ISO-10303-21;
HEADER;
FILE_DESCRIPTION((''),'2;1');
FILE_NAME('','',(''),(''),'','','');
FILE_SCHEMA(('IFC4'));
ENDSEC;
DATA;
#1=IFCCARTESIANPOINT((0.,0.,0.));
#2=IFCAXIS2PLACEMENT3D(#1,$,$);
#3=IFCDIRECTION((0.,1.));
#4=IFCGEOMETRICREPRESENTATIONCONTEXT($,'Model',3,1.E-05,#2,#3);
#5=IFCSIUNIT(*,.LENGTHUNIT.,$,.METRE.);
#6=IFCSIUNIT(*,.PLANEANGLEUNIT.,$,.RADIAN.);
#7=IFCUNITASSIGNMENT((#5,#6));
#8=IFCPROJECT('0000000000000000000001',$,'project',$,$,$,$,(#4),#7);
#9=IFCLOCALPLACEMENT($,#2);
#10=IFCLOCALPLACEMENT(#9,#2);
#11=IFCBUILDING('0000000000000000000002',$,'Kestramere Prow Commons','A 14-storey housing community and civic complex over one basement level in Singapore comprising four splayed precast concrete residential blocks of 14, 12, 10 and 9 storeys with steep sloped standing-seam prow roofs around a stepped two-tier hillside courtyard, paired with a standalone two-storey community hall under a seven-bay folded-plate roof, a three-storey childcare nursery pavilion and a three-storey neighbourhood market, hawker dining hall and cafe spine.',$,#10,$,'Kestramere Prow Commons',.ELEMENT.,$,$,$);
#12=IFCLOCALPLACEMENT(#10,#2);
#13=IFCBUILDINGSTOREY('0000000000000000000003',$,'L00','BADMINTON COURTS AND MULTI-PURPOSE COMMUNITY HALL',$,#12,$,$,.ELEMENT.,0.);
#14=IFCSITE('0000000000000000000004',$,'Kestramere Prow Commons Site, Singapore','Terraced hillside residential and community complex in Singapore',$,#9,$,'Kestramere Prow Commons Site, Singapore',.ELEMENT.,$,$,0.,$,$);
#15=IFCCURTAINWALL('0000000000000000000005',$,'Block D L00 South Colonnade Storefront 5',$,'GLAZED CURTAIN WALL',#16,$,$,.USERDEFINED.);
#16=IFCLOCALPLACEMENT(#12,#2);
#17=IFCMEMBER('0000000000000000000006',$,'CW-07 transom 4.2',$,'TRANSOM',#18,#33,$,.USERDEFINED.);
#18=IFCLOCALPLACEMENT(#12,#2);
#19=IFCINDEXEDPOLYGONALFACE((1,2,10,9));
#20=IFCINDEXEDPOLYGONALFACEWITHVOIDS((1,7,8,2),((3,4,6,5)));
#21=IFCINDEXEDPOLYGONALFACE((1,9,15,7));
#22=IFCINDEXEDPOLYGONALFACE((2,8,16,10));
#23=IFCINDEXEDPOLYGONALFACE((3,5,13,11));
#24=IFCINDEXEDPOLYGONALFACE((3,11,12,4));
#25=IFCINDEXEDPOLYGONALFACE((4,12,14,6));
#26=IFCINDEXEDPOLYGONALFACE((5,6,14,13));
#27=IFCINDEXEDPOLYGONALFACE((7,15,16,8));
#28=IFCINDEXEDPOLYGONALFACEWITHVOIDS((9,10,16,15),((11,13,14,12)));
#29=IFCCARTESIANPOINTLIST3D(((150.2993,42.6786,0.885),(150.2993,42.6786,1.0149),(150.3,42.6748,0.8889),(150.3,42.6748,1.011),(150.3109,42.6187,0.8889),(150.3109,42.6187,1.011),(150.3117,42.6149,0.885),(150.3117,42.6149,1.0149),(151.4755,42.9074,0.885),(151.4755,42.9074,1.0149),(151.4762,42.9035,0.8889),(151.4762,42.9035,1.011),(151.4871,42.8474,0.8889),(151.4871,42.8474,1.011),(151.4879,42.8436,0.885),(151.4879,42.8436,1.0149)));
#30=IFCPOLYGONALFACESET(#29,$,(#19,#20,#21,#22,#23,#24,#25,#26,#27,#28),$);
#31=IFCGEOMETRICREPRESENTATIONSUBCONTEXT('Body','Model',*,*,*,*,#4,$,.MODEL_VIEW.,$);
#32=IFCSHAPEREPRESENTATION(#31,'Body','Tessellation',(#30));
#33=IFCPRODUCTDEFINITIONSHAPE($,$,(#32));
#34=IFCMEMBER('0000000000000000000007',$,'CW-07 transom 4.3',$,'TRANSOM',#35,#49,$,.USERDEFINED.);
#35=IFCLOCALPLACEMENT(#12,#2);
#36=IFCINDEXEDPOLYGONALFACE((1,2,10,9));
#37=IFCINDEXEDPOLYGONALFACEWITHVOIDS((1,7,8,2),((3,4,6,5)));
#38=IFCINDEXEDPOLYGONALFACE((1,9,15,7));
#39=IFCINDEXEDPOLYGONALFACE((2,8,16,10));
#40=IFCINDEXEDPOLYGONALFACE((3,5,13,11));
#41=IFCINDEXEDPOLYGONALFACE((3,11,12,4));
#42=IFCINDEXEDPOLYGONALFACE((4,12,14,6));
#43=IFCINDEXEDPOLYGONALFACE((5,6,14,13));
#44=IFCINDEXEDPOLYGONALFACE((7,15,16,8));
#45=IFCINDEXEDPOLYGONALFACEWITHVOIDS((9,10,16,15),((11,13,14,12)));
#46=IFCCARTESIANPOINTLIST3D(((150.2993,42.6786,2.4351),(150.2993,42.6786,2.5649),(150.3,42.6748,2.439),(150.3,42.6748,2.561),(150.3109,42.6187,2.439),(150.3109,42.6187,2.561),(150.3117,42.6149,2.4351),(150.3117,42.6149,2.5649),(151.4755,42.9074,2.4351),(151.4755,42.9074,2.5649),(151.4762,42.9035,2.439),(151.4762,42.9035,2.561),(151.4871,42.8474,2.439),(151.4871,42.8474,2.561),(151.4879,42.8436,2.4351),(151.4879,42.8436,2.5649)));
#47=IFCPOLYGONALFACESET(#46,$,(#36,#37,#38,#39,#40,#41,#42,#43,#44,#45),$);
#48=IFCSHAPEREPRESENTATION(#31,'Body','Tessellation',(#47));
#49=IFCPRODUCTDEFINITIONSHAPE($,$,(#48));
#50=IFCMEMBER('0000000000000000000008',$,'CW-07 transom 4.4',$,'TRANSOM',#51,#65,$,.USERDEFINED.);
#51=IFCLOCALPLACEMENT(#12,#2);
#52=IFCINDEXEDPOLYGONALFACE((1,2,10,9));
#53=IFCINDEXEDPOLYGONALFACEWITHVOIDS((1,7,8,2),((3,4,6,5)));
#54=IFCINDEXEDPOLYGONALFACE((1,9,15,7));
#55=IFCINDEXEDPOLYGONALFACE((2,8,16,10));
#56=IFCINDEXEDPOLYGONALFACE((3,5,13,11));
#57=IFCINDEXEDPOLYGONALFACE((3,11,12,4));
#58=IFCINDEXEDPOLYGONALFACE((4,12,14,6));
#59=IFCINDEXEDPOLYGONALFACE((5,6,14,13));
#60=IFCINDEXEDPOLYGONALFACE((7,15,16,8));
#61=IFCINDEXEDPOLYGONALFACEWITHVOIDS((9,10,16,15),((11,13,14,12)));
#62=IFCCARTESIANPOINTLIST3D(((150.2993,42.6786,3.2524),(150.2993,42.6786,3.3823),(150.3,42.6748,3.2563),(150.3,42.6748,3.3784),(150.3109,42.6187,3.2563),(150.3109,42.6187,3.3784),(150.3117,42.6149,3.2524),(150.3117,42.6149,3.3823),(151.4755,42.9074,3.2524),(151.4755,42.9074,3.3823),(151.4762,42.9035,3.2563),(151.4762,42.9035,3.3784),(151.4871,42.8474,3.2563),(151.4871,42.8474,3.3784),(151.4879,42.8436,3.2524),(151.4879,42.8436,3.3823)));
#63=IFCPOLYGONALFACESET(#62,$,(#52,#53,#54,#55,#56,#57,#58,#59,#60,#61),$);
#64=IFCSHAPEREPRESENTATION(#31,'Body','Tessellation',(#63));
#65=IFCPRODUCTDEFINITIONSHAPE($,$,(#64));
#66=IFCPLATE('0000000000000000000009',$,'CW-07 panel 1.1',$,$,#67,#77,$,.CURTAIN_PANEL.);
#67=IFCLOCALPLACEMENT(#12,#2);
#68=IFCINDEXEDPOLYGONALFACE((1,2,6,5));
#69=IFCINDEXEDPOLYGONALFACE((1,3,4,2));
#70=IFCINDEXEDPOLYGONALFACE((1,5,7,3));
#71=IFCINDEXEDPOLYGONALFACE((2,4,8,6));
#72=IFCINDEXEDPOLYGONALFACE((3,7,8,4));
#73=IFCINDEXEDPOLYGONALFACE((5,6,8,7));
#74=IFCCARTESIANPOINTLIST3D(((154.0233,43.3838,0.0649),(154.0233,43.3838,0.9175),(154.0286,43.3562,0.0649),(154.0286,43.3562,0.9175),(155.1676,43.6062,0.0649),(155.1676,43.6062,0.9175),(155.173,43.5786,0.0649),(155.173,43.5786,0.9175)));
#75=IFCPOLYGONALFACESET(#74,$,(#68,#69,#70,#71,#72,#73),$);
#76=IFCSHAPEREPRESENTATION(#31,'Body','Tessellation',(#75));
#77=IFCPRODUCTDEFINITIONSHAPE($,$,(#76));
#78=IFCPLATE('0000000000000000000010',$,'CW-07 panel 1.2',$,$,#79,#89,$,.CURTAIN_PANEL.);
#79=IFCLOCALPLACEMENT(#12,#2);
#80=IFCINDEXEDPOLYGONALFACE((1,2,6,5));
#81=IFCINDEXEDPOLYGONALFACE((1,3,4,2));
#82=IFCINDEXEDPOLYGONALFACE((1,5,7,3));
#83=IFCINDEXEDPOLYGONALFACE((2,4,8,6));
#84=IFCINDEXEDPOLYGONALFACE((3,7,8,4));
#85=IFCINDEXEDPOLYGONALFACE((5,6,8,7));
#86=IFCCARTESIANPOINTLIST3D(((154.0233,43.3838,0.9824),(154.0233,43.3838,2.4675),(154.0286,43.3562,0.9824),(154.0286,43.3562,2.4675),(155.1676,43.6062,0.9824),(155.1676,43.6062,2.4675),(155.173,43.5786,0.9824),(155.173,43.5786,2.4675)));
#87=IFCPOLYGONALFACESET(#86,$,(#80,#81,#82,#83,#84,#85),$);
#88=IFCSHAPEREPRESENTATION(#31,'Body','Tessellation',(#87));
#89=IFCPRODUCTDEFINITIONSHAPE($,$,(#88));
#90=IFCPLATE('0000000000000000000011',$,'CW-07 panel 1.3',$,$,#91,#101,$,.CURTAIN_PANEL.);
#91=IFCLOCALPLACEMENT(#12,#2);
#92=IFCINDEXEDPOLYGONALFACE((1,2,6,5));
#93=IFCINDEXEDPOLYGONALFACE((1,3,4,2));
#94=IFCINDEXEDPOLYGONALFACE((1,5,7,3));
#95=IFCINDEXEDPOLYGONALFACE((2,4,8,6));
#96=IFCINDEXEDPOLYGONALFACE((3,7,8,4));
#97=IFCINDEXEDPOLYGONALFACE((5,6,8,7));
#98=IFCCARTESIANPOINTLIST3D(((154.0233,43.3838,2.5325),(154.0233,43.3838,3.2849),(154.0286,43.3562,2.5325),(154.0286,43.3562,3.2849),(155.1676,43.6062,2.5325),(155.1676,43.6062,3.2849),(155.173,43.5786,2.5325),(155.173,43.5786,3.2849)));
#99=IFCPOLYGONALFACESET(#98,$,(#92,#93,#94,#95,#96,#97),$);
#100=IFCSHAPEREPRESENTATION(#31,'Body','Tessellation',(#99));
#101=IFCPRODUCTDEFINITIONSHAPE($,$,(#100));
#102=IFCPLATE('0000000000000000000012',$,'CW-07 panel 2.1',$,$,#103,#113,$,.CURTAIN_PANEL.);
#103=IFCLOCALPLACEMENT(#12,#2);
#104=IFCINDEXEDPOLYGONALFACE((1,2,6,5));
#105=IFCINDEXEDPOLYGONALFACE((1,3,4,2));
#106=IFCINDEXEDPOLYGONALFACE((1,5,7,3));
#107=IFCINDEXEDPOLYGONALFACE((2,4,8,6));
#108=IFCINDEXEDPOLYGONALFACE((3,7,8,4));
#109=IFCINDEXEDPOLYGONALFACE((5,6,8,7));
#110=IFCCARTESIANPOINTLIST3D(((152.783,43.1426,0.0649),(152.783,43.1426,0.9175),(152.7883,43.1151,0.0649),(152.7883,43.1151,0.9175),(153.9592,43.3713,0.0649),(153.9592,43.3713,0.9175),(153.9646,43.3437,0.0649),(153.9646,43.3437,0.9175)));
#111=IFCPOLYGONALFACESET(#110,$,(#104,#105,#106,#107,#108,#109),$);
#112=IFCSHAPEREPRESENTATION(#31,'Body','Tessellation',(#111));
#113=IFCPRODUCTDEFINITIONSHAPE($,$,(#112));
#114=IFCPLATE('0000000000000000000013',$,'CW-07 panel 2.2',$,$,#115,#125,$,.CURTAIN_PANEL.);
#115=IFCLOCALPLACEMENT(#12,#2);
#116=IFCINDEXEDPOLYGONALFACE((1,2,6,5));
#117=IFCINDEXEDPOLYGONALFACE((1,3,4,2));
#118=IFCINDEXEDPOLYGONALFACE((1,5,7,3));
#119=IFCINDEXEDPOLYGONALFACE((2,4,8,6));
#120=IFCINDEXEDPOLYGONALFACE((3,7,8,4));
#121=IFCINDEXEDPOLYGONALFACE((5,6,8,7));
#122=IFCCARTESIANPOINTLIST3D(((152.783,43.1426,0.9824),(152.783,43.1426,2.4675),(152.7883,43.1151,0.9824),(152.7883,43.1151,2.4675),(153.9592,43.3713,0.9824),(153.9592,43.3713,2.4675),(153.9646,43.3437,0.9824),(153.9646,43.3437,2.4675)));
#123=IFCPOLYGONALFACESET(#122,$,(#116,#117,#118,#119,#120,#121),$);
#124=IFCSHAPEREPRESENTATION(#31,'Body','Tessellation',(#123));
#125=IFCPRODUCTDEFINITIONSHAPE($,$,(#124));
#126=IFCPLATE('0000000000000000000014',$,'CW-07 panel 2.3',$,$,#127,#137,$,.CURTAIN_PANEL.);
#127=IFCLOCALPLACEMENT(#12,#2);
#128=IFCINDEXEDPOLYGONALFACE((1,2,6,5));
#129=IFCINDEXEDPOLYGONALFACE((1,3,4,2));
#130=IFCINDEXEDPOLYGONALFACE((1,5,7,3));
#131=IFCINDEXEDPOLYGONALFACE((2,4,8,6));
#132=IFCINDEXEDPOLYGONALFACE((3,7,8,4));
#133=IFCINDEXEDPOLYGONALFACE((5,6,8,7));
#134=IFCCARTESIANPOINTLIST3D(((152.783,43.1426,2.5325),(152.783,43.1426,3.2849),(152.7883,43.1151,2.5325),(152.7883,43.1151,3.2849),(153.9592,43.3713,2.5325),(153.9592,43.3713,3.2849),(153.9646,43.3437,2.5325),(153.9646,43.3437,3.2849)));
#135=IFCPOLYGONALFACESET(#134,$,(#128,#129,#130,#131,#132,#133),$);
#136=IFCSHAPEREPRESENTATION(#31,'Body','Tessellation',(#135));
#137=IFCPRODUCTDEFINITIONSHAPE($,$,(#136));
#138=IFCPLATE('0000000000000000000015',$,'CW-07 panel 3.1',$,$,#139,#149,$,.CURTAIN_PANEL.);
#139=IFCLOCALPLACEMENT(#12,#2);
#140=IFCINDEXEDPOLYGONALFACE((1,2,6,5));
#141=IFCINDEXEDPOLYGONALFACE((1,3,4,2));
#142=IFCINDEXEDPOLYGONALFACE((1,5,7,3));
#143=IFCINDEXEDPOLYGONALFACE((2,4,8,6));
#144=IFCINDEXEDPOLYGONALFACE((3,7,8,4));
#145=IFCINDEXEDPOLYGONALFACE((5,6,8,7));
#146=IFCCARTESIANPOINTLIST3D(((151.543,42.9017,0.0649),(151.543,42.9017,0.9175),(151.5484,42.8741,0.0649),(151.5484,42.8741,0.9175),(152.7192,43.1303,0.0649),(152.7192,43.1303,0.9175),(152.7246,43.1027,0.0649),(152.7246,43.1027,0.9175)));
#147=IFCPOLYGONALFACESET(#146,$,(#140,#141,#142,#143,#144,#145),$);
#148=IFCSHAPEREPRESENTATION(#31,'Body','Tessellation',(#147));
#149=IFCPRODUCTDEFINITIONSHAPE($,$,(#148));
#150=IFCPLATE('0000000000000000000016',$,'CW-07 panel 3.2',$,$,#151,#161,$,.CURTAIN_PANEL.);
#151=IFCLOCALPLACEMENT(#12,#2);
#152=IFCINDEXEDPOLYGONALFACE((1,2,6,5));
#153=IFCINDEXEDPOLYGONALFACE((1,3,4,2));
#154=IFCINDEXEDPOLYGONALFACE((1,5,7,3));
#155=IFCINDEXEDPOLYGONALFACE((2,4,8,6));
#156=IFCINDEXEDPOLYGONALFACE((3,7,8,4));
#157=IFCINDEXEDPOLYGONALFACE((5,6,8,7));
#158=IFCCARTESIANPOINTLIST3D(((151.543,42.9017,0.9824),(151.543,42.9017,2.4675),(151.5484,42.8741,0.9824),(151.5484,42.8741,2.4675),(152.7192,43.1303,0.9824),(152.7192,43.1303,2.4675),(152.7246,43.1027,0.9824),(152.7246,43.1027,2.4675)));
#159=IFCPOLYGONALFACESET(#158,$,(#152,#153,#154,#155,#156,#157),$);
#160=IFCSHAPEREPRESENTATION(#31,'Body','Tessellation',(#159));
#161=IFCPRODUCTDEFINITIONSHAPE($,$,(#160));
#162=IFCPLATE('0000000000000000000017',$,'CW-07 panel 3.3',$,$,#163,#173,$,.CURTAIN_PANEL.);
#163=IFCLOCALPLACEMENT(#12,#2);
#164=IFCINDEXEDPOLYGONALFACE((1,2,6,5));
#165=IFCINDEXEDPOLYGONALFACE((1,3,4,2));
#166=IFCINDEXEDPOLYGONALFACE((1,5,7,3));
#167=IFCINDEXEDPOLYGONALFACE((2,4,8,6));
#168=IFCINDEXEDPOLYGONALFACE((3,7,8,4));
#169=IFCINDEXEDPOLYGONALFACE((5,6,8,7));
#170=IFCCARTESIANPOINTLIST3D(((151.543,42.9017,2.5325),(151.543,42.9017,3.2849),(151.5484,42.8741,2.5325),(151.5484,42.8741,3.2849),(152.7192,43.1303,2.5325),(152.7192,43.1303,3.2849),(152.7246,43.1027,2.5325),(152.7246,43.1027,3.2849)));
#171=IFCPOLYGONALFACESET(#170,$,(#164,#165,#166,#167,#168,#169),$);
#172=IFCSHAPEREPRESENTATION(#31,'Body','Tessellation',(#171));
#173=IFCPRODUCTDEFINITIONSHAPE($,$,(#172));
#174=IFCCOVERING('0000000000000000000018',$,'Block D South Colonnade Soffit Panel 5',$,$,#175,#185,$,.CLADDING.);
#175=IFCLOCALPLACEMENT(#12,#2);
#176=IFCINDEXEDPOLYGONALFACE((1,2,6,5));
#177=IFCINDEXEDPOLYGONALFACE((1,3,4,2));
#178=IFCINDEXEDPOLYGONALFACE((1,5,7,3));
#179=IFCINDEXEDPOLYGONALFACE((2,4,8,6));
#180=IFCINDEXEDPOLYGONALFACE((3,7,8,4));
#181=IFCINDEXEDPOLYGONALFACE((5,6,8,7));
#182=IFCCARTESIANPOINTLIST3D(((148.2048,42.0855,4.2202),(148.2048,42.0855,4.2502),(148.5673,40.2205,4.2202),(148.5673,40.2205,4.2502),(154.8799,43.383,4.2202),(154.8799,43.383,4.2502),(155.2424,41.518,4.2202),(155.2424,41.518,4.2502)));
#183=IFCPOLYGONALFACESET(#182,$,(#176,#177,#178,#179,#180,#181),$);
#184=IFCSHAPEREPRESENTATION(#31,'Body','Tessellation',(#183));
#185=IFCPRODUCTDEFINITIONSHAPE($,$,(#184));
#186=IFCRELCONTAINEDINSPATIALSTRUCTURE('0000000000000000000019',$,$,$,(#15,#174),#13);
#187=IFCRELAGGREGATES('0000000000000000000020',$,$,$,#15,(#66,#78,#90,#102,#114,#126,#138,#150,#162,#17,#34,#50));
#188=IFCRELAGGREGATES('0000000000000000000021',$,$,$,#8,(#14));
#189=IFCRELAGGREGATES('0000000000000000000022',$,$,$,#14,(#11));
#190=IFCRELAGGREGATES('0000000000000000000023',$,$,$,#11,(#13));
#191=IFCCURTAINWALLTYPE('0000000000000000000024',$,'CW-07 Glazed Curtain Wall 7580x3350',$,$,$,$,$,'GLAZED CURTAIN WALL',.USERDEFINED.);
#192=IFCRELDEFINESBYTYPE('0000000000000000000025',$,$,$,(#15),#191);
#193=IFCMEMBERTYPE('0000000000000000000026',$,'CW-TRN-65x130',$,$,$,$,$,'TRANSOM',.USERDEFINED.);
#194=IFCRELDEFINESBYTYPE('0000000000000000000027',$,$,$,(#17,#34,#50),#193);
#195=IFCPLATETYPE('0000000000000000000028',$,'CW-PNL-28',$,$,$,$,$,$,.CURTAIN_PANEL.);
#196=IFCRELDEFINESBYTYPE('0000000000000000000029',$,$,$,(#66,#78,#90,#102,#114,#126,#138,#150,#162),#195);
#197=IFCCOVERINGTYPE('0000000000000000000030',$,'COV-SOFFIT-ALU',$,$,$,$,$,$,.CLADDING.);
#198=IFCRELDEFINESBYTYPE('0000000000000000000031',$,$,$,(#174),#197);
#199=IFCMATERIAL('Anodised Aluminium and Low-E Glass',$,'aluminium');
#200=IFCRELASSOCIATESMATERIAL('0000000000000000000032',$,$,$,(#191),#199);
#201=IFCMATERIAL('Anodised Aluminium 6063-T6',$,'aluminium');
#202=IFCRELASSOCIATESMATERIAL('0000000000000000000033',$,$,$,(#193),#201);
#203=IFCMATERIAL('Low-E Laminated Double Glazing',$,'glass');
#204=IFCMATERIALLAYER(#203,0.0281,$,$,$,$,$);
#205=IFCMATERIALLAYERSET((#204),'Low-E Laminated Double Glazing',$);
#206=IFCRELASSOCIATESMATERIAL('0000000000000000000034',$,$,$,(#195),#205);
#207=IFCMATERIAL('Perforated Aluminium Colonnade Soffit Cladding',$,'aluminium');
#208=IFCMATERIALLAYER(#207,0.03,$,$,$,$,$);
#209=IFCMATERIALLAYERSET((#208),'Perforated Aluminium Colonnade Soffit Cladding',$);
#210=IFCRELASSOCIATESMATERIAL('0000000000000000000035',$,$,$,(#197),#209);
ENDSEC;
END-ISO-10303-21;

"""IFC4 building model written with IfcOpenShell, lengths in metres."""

from ifc_helpers import new_model, si_unit, direction, frame, origin, origin_2d, place, context, subcontext, project, spatial, rectangle, hollow_rectangle, extrude, material, layer, layer_set, material_profile, profile_set, type_object, element, aggregate, save


model = new_model("IFC4")

# Units and contexts
model_context = context("Model", 3, precision=1e-05, world=origin(), true_north=direction((0.0, 1.0)))
body_context = subcontext(model_context, "Body", "Model", "MODEL_VIEW")
ifc_project = project(units=[si_unit("LENGTHUNIT", "METRE"), si_unit("PLANEANGLEUNIT", "RADIAN")], contexts=[model_context])

# Site, building, storey
site_placement = place(None, origin())
site = spatial("IfcSite", under=ifc_project, at=site_placement, Name="Kestramere Prow Commons Site, Singapore", Description="Terraced hillside residential and community complex in Singapore", LongName="Kestramere Prow Commons Site, Singapore", CompositionType="ELEMENT", RefElevation=0.0)
building_placement = place(site_placement, origin())
building = spatial("IfcBuilding", under=site, at=building_placement, Name="Kestramere Prow Commons", Description="A 14-storey housing community and civic complex over one basement level in Singapore comprising four splayed precast concrete residential blocks of 14, 12, 10 and 9 storeys with steep sloped standing-seam prow roofs around a stepped two-tier hillside courtyard, paired with a standalone two-storey community hall under a seven-bay folded-plate roof, a three-storey childcare nursery pavilion and a three-storey neighbourhood market, hawker dining hall and cafe spine.", LongName="Kestramere Prow Commons", CompositionType="ELEMENT")
storey_placement = place(building_placement, origin())
storey = spatial("IfcBuildingStorey", under=building, at=storey_placement, Name="L00", Description="BADMINTON COURTS AND MULTI-PURPOSE COMMUNITY HALL", CompositionType="ELEMENT", Elevation=0.0)

# Curtain wall, members, plates
ifc_material_1 = material(Name="Anodised Aluminium and Low-E Glass", Category="aluminium")
curtain_wall_type = type_object("IfcCurtainWallType", Name="CW-07 Glazed Curtain Wall 7580x3350", ElementType="GLAZED CURTAIN WALL", PredefinedType="USERDEFINED", material=ifc_material_1)
curtain_wall_placement = place(storey_placement, origin())
curtain_wall = element("IfcCurtainWall", 1, at=curtain_wall_placement, inside=storey, type_object=curtain_wall_type, Name="Block D L00 South Colonnade Storefront 5", ObjectType="GLAZED CURTAIN WALL", PredefinedType="USERDEFINED")
ifc_material_2 = material(Name="Anodised Aluminium 6063-T6", Category="aluminium")
ifc_material_profile_1 = material_profile(ifc_material_2, hollow_rectangle(XDim=0.0649, YDim=0.1299, WallThickness=0.0039, at=origin_2d()), Name="ALU-TRN 65x130")
ifc_profile_set_1 = profile_set([ifc_material_profile_1], Name="Anodised Aluminium 6063-T6")
member_type_1 = type_object("IfcMemberType", Name="CW-TRN-65x130", ElementType="TRANSOM", PredefinedType="USERDEFINED", material=ifc_profile_set_1)
member_1_placement = place(storey_placement, frame((151.4817, 42.8755, 0.95), z_axis=(-0.981609, -0.190902, 0.0), x_axis=(0.190902, -0.981609, 0.0)))
member_1 = element("IfcMember", 2, at=member_1_placement, type_object=member_type_1, Name="CW-07 transom 4.2", ObjectType="TRANSOM", PredefinedType="USERDEFINED", context=body_context, shape_type="SweptSolid", body=[
    extrude(hollow_rectangle(XDim=0.0649, YDim=0.1299, WallThickness=0.0039, at=origin_2d()), origin(), (0.0, 0.0, 1.0), 1.1982),
])
member_2_placement = place(storey_placement, frame((151.4817, 42.8755, 2.5), z_axis=(-0.981609, -0.190902, 0.0), x_axis=(0.190902, -0.981609, 0.0)))
member_2 = element("IfcMember", 3, at=member_2_placement, type_object=member_type_1, Name="CW-07 transom 4.3", ObjectType="TRANSOM", PredefinedType="USERDEFINED", context=body_context, shape_type="SweptSolid", body=[
    extrude(hollow_rectangle(XDim=0.0649, YDim=0.1299, WallThickness=0.0039, at=origin_2d()), origin(), (0.0, 0.0, 1.0), 1.1982),
])
member_3_placement = place(storey_placement, frame((151.4817, 42.8755, 3.3174), z_axis=(-0.981609, -0.190902, 0.0), x_axis=(0.190902, -0.981609, 0.0)))
member_3 = element("IfcMember", 4, at=member_3_placement, type_object=member_type_1, Name="CW-07 transom 4.4", ObjectType="TRANSOM", PredefinedType="USERDEFINED", context=body_context, shape_type="SweptSolid", body=[
    extrude(hollow_rectangle(XDim=0.0649, YDim=0.1299, WallThickness=0.0039, at=origin_2d()), origin(), (0.0, 0.0, 1.0), 1.1982),
])
ifc_material_3 = material(Name="Low-E Laminated Double Glazing", Category="glass")
ifc_layer_1 = layer(ifc_material_3, 0.0281)
ifc_layer_set_1 = layer_set([ifc_layer_1], Name="Low-E Laminated Double Glazing")
plate_type = type_object("IfcPlateType", Name="CW-PNL-28", PredefinedType="CURTAIN_PANEL", material=ifc_layer_set_1)
plate_1_placement = place(storey_placement, frame((154.5981, 43.4812, 0.0649), z_axis=(0.0, 0.0, 1.0), x_axis=(-0.981627, -0.190809, 0.0)))
plate_1 = element("IfcPlate", 5, at=plate_1_placement, type_object=plate_type, Name="CW-07 panel 1.1", PredefinedType="CURTAIN_PANEL", context=body_context, shape_type="SweptSolid", body=[
    extrude(rectangle(XDim=1.1658, YDim=0.0281, at=origin_2d()), origin(), (0.0, 0.0, 1.0), 0.8525),
])
plate_2_placement = place(storey_placement, frame((154.5981, 43.4812, 0.9824), z_axis=(0.0, 0.0, 1.0), x_axis=(-0.981627, -0.190809, 0.0)))
plate_2 = element("IfcPlate", 6, at=plate_2_placement, type_object=plate_type, Name="CW-07 panel 1.2", PredefinedType="CURTAIN_PANEL", context=body_context, shape_type="SweptSolid", body=[
    extrude(rectangle(XDim=1.1658, YDim=0.0281, at=origin_2d()), origin(), (0.0, 0.0, 1.0), 1.4851),
])
plate_3_placement = place(storey_placement, frame((154.5981, 43.4812, 2.5325), z_axis=(0.0, 0.0, 1.0), x_axis=(-0.981627, -0.190809, 0.0)))
plate_3 = element("IfcPlate", 7, at=plate_3_placement, type_object=plate_type, Name="CW-07 panel 1.3", PredefinedType="CURTAIN_PANEL", context=body_context, shape_type="SweptSolid", body=[
    extrude(rectangle(XDim=1.1658, YDim=0.0281, at=origin_2d()), origin(), (0.0, 0.0, 1.0), 0.7524),
])
plate_4_placement = place(storey_placement, frame((153.3738, 43.2432, 0.0649), z_axis=(0.0, 0.0, 1.0), x_axis=(-0.981627, -0.190809, 0.0)))
plate_4 = element("IfcPlate", 8, at=plate_4_placement, type_object=plate_type, Name="CW-07 panel 2.1", PredefinedType="CURTAIN_PANEL", context=body_context, shape_type="SweptSolid", body=[
    extrude(rectangle(XDim=1.1982, YDim=0.0281, at=origin_2d()), origin(), (0.0, 0.0, 1.0), 0.8525),
])
plate_5_placement = place(storey_placement, frame((153.3738, 43.2432, 0.9824), z_axis=(0.0, 0.0, 1.0), x_axis=(-0.981627, -0.190809, 0.0)))
plate_5 = element("IfcPlate", 9, at=plate_5_placement, type_object=plate_type, Name="CW-07 panel 2.2", PredefinedType="CURTAIN_PANEL", context=body_context, shape_type="SweptSolid", body=[
    extrude(rectangle(XDim=1.1982, YDim=0.0281, at=origin_2d()), origin(), (0.0, 0.0, 1.0), 1.4851),
])
plate_6_placement = place(storey_placement, frame((153.3738, 43.2432, 2.5325), z_axis=(0.0, 0.0, 1.0), x_axis=(-0.981627, -0.190809, 0.0)))
plate_6 = element("IfcPlate", 10, at=plate_6_placement, type_object=plate_type, Name="CW-07 panel 2.3", PredefinedType="CURTAIN_PANEL", context=body_context, shape_type="SweptSolid", body=[
    extrude(rectangle(XDim=1.1982, YDim=0.0281, at=origin_2d()), origin(), (0.0, 0.0, 1.0), 0.7524),
])
plate_7_placement = place(storey_placement, frame((152.1338, 43.0022, 0.0649), z_axis=(0.0, 0.0, 1.0), x_axis=(-0.981627, -0.190809, 0.0)))
plate_7 = element("IfcPlate", 11, at=plate_7_placement, type_object=plate_type, Name="CW-07 panel 3.1", PredefinedType="CURTAIN_PANEL", context=body_context, shape_type="SweptSolid", body=[
    extrude(rectangle(XDim=1.1982, YDim=0.0281, at=origin_2d()), origin(), (0.0, 0.0, 1.0), 0.8525),
])
plate_8_placement = place(storey_placement, frame((152.1338, 43.0022, 0.9824), z_axis=(0.0, 0.0, 1.0), x_axis=(-0.981627, -0.190809, 0.0)))
plate_8 = element("IfcPlate", 12, at=plate_8_placement, type_object=plate_type, Name="CW-07 panel 3.2", PredefinedType="CURTAIN_PANEL", context=body_context, shape_type="SweptSolid", body=[
    extrude(rectangle(XDim=1.1982, YDim=0.0281, at=origin_2d()), origin(), (0.0, 0.0, 1.0), 1.4851),
])
plate_9_placement = place(storey_placement, frame((152.1338, 43.0022, 2.5325), z_axis=(0.0, 0.0, 1.0), x_axis=(-0.981627, -0.190809, 0.0)))
plate_9 = element("IfcPlate", 13, at=plate_9_placement, type_object=plate_type, Name="CW-07 panel 3.3", PredefinedType="CURTAIN_PANEL", context=body_context, shape_type="SweptSolid", body=[
    extrude(rectangle(XDim=1.1982, YDim=0.0281, at=origin_2d()), origin(), (0.0, 0.0, 1.0), 0.7524),
])
aggregate(curtain_wall, [plate_1, plate_2, plate_3, plate_4, plate_5, plate_6, plate_7, plate_8, plate_9, member_1, member_2, member_3])

# Covering
ifc_material_4 = material(Name="Perforated Aluminium Colonnade Soffit Cladding", Category="aluminium")
ifc_layer_2 = layer(ifc_material_4, 0.03)
ifc_layer_set_2 = layer_set([ifc_layer_2], Name="Perforated Aluminium Colonnade Soffit Cladding")
covering_type = type_object("IfcCoveringType", Name="COV-SOFFIT-ALU", PredefinedType="CLADDING", material=ifc_layer_set_2)
covering_placement = place(storey_placement, frame((151.7236, 41.8018, 4.2202), z_axis=(0.0, 0.0, 1.0), x_axis=(0.981627, 0.190809, 0.0)))
element("IfcCovering", 14, at=covering_placement, inside=storey, type_object=covering_type, Name="Block D South Colonnade Soffit Panel 5", PredefinedType="CLADDING", context=body_context, shape_type="SweptSolid", body=[
    extrude(rectangle(XDim=6.8, YDim=1.8999, at=origin_2d()), origin(), (0.0, 0.0, 1.0), 0.03),
])

save(model, "model.ifc")
